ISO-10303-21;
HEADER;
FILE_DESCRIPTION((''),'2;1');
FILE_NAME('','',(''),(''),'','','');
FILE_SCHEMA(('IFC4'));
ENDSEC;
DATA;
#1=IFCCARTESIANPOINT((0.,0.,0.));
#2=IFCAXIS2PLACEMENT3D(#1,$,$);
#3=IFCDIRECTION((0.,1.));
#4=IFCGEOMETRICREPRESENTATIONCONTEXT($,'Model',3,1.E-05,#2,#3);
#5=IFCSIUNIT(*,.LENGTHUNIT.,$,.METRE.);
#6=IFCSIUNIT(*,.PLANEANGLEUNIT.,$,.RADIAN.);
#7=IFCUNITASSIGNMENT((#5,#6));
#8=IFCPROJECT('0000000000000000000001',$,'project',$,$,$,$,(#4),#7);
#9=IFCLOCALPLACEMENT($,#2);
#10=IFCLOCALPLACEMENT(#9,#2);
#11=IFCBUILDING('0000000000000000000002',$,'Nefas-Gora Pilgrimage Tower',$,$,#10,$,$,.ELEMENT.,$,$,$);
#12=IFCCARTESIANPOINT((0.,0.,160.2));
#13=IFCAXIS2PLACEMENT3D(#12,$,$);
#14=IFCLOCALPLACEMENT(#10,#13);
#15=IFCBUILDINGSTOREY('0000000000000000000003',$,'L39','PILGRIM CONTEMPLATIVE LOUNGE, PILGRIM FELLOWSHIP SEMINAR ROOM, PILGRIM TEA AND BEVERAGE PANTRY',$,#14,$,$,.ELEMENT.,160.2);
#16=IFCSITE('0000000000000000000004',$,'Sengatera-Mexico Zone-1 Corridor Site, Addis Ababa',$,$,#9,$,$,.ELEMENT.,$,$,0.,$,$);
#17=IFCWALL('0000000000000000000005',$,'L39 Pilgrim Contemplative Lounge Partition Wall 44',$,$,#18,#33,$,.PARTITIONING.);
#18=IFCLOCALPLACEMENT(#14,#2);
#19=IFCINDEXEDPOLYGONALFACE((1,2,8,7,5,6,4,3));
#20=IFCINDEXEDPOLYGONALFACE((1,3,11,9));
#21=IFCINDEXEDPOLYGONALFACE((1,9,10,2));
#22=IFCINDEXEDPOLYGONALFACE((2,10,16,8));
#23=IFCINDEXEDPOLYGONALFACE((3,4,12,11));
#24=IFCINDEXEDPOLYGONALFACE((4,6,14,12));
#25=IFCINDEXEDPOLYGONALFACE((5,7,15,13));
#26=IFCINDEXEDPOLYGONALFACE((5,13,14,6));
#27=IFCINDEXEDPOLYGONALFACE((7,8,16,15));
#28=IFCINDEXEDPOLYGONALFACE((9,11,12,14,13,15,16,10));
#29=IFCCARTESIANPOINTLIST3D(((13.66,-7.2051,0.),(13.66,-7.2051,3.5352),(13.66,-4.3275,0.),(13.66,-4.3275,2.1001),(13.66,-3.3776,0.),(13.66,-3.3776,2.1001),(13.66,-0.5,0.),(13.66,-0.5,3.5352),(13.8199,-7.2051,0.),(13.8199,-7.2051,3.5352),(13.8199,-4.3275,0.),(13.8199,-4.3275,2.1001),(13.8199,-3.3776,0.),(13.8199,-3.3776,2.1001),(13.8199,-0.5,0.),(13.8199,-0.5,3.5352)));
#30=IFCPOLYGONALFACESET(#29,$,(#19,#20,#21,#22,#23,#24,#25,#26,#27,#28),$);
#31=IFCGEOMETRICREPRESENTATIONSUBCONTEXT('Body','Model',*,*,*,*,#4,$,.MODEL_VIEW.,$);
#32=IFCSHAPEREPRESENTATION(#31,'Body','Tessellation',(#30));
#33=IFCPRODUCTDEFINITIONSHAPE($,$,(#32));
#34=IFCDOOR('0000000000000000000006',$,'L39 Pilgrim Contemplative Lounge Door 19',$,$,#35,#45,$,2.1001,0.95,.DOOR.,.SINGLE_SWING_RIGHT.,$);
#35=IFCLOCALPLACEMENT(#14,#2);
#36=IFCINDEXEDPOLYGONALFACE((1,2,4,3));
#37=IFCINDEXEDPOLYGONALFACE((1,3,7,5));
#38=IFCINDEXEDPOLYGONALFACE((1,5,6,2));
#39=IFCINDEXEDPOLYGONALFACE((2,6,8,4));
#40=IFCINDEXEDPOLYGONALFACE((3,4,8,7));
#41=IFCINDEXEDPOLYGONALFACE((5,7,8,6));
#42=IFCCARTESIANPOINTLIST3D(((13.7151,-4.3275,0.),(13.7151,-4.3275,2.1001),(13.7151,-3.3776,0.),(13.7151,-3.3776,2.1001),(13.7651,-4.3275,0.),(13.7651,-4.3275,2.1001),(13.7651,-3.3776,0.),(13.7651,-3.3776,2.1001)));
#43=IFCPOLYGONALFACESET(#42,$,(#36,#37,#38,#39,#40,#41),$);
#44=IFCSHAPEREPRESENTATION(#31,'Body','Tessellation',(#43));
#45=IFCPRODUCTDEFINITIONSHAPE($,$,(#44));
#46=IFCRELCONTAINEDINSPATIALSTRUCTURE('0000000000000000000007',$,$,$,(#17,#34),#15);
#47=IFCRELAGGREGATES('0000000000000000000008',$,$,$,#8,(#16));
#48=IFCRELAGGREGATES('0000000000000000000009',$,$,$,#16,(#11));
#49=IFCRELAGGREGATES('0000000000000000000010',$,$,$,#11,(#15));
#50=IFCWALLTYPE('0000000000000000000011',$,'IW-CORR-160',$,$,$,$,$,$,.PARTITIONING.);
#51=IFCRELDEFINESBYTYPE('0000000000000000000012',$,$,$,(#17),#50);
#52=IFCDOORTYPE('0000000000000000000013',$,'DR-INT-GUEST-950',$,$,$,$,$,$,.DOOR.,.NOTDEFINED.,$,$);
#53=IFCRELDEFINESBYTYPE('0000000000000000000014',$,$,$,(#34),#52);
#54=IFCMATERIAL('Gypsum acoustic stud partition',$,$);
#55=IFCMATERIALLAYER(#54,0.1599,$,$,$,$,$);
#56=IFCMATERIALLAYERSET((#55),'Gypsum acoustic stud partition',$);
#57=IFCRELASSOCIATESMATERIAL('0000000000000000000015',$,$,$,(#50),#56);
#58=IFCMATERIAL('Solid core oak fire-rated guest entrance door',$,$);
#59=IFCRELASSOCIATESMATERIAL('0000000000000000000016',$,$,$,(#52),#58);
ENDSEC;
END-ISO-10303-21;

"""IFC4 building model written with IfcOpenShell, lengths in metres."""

from ifc_helpers import new_model, si_unit, direction, frame, frame_2d, origin, place, context, subcontext, project, spatial, rectangle, extrude, source, transform, mapped, material, layer, layer_set, type_object, element, fill, save


model = new_model("IFC4")

# Units and contexts
model_context = context("Model", 3, precision=1e-05, world=origin(), true_north=direction((0.0, 1.0)))
body_context = subcontext(model_context, "Body", "Model", "MODEL_VIEW")
ifc_project = project(units=[si_unit("LENGTHUNIT", "METRE"), si_unit("PLANEANGLEUNIT", "RADIAN")], contexts=[model_context])

# Site, building, storey
site_placement = place(None, origin())
site = spatial("IfcSite", under=ifc_project, at=site_placement, Name="Sengatera-Mexico Zone-1 Corridor Site, Addis Ababa", CompositionType="ELEMENT", RefElevation=0.0)
building_placement = place(site_placement, origin())
building = spatial("IfcBuilding", under=site, at=building_placement, Name="Nefas-Gora Pilgrimage Tower", CompositionType="ELEMENT")
storey_placement = place(building_placement, frame((0.0, 0.0, 160.2)))
storey = spatial("IfcBuildingStorey", under=building, at=storey_placement, Name="L39", Description="PILGRIM CONTEMPLATIVE LOUNGE, PILGRIM FELLOWSHIP SEMINAR ROOM, PILGRIM TEA AND BEVERAGE PANTRY", CompositionType="ELEMENT", Elevation=160.2)

# Wall, opening, door
ifc_material_1 = material(Name="Gypsum acoustic stud partition")
ifc_layer_1 = layer(ifc_material_1, 0.1599)
ifc_layer_set_1 = layer_set([ifc_layer_1], Name="Gypsum acoustic stud partition")
wall_type_1 = type_object("IfcWallType", Name="IW-CORR-160", PredefinedType="PARTITIONING", material=ifc_layer_set_1)
shared_shape_1 = source(origin(), body_context, "Body", "SweptSolid", [
    extrude(rectangle(XDim=6.7051, YDim=0.1599, at=frame_2d((3.3525, 0.0))), origin(), (0.0, 0.0, 1.0), 3.5352),
])
wall_1_placement = place(storey_placement, frame((13.74, -7.2051, 0.0), z_axis=(0.0, 0.0, 1.0), x_axis=(0.0, 1.0, 0.0)))
wall_1 = element("IfcWall", 1, at=wall_1_placement, inside=storey, type_object=wall_type_1, Name="L39 Pilgrim Contemplative Lounge Partition Wall 44", PredefinedType="PARTITIONING", context=body_context, shape_type="MappedRepresentation", body=[
    mapped(shared_shape_1, transform((0.0, 0.0, 0.0), x_axis=(1.0, 0.0, 0.0), y_axis=(0.0, 1.0, 0.0), z_axis=(0.0, 0.0, 1.0), scale=1.0)),
])
opening_placement = place(wall_1_placement, frame((2.8774, 0.0, 0.0)))
opening = element("IfcOpeningElement", 2, at=opening_placement, cuts=wall_1, PredefinedType="OPENING", context=body_context, shape_type="SweptSolid", body=[
    extrude(rectangle(XDim=0.95, YDim=2.1001, at=frame_2d((0.4751, 1.05))), frame((0.0, 0.0898, 0.0), z_axis=(0.0, -1.0, 0.0), x_axis=(1.0, 0.0, 0.0)), (0.0, 0.0, 1.0), 0.1799),
])
ifc_material_2 = material(Name="Solid core oak fire-rated guest entrance door")
door_type = type_object("IfcDoorType", Name="DR-INT-GUEST-950", OperationType="NOTDEFINED", PredefinedType="DOOR", material=ifc_material_2)
shared_shape_2 = source(origin(), body_context, "Body", "SweptSolid", [
    extrude(rectangle(XDim=0.95, YDim=2.1001, at=frame_2d((0.4751, 1.05))), frame((0.0, 0.0249, 0.0), z_axis=(0.0, -1.0, 0.0), x_axis=(1.0, 0.0, 0.0)), (0.0, 0.0, 1.0), 0.05),
])
door_placement = place(opening_placement, origin())
door = element("IfcDoor", 3, at=door_placement, inside=storey, type_object=door_type, Name="L39 Pilgrim Contemplative Lounge Door 19", OperationType="SINGLE_SWING_RIGHT", OverallHeight=2.1001, OverallWidth=0.95, PredefinedType="DOOR", context=body_context, shape_type="MappedRepresentation", body=[
    mapped(shared_shape_2, transform((0.0, 0.0, 0.0), x_axis=(1.0, 0.0, 0.0), y_axis=(0.0, 1.0, 0.0), z_axis=(0.0, 0.0, 1.0), scale=1.0)),
])
fill(opening, door)

save(model, "model.ifc")
